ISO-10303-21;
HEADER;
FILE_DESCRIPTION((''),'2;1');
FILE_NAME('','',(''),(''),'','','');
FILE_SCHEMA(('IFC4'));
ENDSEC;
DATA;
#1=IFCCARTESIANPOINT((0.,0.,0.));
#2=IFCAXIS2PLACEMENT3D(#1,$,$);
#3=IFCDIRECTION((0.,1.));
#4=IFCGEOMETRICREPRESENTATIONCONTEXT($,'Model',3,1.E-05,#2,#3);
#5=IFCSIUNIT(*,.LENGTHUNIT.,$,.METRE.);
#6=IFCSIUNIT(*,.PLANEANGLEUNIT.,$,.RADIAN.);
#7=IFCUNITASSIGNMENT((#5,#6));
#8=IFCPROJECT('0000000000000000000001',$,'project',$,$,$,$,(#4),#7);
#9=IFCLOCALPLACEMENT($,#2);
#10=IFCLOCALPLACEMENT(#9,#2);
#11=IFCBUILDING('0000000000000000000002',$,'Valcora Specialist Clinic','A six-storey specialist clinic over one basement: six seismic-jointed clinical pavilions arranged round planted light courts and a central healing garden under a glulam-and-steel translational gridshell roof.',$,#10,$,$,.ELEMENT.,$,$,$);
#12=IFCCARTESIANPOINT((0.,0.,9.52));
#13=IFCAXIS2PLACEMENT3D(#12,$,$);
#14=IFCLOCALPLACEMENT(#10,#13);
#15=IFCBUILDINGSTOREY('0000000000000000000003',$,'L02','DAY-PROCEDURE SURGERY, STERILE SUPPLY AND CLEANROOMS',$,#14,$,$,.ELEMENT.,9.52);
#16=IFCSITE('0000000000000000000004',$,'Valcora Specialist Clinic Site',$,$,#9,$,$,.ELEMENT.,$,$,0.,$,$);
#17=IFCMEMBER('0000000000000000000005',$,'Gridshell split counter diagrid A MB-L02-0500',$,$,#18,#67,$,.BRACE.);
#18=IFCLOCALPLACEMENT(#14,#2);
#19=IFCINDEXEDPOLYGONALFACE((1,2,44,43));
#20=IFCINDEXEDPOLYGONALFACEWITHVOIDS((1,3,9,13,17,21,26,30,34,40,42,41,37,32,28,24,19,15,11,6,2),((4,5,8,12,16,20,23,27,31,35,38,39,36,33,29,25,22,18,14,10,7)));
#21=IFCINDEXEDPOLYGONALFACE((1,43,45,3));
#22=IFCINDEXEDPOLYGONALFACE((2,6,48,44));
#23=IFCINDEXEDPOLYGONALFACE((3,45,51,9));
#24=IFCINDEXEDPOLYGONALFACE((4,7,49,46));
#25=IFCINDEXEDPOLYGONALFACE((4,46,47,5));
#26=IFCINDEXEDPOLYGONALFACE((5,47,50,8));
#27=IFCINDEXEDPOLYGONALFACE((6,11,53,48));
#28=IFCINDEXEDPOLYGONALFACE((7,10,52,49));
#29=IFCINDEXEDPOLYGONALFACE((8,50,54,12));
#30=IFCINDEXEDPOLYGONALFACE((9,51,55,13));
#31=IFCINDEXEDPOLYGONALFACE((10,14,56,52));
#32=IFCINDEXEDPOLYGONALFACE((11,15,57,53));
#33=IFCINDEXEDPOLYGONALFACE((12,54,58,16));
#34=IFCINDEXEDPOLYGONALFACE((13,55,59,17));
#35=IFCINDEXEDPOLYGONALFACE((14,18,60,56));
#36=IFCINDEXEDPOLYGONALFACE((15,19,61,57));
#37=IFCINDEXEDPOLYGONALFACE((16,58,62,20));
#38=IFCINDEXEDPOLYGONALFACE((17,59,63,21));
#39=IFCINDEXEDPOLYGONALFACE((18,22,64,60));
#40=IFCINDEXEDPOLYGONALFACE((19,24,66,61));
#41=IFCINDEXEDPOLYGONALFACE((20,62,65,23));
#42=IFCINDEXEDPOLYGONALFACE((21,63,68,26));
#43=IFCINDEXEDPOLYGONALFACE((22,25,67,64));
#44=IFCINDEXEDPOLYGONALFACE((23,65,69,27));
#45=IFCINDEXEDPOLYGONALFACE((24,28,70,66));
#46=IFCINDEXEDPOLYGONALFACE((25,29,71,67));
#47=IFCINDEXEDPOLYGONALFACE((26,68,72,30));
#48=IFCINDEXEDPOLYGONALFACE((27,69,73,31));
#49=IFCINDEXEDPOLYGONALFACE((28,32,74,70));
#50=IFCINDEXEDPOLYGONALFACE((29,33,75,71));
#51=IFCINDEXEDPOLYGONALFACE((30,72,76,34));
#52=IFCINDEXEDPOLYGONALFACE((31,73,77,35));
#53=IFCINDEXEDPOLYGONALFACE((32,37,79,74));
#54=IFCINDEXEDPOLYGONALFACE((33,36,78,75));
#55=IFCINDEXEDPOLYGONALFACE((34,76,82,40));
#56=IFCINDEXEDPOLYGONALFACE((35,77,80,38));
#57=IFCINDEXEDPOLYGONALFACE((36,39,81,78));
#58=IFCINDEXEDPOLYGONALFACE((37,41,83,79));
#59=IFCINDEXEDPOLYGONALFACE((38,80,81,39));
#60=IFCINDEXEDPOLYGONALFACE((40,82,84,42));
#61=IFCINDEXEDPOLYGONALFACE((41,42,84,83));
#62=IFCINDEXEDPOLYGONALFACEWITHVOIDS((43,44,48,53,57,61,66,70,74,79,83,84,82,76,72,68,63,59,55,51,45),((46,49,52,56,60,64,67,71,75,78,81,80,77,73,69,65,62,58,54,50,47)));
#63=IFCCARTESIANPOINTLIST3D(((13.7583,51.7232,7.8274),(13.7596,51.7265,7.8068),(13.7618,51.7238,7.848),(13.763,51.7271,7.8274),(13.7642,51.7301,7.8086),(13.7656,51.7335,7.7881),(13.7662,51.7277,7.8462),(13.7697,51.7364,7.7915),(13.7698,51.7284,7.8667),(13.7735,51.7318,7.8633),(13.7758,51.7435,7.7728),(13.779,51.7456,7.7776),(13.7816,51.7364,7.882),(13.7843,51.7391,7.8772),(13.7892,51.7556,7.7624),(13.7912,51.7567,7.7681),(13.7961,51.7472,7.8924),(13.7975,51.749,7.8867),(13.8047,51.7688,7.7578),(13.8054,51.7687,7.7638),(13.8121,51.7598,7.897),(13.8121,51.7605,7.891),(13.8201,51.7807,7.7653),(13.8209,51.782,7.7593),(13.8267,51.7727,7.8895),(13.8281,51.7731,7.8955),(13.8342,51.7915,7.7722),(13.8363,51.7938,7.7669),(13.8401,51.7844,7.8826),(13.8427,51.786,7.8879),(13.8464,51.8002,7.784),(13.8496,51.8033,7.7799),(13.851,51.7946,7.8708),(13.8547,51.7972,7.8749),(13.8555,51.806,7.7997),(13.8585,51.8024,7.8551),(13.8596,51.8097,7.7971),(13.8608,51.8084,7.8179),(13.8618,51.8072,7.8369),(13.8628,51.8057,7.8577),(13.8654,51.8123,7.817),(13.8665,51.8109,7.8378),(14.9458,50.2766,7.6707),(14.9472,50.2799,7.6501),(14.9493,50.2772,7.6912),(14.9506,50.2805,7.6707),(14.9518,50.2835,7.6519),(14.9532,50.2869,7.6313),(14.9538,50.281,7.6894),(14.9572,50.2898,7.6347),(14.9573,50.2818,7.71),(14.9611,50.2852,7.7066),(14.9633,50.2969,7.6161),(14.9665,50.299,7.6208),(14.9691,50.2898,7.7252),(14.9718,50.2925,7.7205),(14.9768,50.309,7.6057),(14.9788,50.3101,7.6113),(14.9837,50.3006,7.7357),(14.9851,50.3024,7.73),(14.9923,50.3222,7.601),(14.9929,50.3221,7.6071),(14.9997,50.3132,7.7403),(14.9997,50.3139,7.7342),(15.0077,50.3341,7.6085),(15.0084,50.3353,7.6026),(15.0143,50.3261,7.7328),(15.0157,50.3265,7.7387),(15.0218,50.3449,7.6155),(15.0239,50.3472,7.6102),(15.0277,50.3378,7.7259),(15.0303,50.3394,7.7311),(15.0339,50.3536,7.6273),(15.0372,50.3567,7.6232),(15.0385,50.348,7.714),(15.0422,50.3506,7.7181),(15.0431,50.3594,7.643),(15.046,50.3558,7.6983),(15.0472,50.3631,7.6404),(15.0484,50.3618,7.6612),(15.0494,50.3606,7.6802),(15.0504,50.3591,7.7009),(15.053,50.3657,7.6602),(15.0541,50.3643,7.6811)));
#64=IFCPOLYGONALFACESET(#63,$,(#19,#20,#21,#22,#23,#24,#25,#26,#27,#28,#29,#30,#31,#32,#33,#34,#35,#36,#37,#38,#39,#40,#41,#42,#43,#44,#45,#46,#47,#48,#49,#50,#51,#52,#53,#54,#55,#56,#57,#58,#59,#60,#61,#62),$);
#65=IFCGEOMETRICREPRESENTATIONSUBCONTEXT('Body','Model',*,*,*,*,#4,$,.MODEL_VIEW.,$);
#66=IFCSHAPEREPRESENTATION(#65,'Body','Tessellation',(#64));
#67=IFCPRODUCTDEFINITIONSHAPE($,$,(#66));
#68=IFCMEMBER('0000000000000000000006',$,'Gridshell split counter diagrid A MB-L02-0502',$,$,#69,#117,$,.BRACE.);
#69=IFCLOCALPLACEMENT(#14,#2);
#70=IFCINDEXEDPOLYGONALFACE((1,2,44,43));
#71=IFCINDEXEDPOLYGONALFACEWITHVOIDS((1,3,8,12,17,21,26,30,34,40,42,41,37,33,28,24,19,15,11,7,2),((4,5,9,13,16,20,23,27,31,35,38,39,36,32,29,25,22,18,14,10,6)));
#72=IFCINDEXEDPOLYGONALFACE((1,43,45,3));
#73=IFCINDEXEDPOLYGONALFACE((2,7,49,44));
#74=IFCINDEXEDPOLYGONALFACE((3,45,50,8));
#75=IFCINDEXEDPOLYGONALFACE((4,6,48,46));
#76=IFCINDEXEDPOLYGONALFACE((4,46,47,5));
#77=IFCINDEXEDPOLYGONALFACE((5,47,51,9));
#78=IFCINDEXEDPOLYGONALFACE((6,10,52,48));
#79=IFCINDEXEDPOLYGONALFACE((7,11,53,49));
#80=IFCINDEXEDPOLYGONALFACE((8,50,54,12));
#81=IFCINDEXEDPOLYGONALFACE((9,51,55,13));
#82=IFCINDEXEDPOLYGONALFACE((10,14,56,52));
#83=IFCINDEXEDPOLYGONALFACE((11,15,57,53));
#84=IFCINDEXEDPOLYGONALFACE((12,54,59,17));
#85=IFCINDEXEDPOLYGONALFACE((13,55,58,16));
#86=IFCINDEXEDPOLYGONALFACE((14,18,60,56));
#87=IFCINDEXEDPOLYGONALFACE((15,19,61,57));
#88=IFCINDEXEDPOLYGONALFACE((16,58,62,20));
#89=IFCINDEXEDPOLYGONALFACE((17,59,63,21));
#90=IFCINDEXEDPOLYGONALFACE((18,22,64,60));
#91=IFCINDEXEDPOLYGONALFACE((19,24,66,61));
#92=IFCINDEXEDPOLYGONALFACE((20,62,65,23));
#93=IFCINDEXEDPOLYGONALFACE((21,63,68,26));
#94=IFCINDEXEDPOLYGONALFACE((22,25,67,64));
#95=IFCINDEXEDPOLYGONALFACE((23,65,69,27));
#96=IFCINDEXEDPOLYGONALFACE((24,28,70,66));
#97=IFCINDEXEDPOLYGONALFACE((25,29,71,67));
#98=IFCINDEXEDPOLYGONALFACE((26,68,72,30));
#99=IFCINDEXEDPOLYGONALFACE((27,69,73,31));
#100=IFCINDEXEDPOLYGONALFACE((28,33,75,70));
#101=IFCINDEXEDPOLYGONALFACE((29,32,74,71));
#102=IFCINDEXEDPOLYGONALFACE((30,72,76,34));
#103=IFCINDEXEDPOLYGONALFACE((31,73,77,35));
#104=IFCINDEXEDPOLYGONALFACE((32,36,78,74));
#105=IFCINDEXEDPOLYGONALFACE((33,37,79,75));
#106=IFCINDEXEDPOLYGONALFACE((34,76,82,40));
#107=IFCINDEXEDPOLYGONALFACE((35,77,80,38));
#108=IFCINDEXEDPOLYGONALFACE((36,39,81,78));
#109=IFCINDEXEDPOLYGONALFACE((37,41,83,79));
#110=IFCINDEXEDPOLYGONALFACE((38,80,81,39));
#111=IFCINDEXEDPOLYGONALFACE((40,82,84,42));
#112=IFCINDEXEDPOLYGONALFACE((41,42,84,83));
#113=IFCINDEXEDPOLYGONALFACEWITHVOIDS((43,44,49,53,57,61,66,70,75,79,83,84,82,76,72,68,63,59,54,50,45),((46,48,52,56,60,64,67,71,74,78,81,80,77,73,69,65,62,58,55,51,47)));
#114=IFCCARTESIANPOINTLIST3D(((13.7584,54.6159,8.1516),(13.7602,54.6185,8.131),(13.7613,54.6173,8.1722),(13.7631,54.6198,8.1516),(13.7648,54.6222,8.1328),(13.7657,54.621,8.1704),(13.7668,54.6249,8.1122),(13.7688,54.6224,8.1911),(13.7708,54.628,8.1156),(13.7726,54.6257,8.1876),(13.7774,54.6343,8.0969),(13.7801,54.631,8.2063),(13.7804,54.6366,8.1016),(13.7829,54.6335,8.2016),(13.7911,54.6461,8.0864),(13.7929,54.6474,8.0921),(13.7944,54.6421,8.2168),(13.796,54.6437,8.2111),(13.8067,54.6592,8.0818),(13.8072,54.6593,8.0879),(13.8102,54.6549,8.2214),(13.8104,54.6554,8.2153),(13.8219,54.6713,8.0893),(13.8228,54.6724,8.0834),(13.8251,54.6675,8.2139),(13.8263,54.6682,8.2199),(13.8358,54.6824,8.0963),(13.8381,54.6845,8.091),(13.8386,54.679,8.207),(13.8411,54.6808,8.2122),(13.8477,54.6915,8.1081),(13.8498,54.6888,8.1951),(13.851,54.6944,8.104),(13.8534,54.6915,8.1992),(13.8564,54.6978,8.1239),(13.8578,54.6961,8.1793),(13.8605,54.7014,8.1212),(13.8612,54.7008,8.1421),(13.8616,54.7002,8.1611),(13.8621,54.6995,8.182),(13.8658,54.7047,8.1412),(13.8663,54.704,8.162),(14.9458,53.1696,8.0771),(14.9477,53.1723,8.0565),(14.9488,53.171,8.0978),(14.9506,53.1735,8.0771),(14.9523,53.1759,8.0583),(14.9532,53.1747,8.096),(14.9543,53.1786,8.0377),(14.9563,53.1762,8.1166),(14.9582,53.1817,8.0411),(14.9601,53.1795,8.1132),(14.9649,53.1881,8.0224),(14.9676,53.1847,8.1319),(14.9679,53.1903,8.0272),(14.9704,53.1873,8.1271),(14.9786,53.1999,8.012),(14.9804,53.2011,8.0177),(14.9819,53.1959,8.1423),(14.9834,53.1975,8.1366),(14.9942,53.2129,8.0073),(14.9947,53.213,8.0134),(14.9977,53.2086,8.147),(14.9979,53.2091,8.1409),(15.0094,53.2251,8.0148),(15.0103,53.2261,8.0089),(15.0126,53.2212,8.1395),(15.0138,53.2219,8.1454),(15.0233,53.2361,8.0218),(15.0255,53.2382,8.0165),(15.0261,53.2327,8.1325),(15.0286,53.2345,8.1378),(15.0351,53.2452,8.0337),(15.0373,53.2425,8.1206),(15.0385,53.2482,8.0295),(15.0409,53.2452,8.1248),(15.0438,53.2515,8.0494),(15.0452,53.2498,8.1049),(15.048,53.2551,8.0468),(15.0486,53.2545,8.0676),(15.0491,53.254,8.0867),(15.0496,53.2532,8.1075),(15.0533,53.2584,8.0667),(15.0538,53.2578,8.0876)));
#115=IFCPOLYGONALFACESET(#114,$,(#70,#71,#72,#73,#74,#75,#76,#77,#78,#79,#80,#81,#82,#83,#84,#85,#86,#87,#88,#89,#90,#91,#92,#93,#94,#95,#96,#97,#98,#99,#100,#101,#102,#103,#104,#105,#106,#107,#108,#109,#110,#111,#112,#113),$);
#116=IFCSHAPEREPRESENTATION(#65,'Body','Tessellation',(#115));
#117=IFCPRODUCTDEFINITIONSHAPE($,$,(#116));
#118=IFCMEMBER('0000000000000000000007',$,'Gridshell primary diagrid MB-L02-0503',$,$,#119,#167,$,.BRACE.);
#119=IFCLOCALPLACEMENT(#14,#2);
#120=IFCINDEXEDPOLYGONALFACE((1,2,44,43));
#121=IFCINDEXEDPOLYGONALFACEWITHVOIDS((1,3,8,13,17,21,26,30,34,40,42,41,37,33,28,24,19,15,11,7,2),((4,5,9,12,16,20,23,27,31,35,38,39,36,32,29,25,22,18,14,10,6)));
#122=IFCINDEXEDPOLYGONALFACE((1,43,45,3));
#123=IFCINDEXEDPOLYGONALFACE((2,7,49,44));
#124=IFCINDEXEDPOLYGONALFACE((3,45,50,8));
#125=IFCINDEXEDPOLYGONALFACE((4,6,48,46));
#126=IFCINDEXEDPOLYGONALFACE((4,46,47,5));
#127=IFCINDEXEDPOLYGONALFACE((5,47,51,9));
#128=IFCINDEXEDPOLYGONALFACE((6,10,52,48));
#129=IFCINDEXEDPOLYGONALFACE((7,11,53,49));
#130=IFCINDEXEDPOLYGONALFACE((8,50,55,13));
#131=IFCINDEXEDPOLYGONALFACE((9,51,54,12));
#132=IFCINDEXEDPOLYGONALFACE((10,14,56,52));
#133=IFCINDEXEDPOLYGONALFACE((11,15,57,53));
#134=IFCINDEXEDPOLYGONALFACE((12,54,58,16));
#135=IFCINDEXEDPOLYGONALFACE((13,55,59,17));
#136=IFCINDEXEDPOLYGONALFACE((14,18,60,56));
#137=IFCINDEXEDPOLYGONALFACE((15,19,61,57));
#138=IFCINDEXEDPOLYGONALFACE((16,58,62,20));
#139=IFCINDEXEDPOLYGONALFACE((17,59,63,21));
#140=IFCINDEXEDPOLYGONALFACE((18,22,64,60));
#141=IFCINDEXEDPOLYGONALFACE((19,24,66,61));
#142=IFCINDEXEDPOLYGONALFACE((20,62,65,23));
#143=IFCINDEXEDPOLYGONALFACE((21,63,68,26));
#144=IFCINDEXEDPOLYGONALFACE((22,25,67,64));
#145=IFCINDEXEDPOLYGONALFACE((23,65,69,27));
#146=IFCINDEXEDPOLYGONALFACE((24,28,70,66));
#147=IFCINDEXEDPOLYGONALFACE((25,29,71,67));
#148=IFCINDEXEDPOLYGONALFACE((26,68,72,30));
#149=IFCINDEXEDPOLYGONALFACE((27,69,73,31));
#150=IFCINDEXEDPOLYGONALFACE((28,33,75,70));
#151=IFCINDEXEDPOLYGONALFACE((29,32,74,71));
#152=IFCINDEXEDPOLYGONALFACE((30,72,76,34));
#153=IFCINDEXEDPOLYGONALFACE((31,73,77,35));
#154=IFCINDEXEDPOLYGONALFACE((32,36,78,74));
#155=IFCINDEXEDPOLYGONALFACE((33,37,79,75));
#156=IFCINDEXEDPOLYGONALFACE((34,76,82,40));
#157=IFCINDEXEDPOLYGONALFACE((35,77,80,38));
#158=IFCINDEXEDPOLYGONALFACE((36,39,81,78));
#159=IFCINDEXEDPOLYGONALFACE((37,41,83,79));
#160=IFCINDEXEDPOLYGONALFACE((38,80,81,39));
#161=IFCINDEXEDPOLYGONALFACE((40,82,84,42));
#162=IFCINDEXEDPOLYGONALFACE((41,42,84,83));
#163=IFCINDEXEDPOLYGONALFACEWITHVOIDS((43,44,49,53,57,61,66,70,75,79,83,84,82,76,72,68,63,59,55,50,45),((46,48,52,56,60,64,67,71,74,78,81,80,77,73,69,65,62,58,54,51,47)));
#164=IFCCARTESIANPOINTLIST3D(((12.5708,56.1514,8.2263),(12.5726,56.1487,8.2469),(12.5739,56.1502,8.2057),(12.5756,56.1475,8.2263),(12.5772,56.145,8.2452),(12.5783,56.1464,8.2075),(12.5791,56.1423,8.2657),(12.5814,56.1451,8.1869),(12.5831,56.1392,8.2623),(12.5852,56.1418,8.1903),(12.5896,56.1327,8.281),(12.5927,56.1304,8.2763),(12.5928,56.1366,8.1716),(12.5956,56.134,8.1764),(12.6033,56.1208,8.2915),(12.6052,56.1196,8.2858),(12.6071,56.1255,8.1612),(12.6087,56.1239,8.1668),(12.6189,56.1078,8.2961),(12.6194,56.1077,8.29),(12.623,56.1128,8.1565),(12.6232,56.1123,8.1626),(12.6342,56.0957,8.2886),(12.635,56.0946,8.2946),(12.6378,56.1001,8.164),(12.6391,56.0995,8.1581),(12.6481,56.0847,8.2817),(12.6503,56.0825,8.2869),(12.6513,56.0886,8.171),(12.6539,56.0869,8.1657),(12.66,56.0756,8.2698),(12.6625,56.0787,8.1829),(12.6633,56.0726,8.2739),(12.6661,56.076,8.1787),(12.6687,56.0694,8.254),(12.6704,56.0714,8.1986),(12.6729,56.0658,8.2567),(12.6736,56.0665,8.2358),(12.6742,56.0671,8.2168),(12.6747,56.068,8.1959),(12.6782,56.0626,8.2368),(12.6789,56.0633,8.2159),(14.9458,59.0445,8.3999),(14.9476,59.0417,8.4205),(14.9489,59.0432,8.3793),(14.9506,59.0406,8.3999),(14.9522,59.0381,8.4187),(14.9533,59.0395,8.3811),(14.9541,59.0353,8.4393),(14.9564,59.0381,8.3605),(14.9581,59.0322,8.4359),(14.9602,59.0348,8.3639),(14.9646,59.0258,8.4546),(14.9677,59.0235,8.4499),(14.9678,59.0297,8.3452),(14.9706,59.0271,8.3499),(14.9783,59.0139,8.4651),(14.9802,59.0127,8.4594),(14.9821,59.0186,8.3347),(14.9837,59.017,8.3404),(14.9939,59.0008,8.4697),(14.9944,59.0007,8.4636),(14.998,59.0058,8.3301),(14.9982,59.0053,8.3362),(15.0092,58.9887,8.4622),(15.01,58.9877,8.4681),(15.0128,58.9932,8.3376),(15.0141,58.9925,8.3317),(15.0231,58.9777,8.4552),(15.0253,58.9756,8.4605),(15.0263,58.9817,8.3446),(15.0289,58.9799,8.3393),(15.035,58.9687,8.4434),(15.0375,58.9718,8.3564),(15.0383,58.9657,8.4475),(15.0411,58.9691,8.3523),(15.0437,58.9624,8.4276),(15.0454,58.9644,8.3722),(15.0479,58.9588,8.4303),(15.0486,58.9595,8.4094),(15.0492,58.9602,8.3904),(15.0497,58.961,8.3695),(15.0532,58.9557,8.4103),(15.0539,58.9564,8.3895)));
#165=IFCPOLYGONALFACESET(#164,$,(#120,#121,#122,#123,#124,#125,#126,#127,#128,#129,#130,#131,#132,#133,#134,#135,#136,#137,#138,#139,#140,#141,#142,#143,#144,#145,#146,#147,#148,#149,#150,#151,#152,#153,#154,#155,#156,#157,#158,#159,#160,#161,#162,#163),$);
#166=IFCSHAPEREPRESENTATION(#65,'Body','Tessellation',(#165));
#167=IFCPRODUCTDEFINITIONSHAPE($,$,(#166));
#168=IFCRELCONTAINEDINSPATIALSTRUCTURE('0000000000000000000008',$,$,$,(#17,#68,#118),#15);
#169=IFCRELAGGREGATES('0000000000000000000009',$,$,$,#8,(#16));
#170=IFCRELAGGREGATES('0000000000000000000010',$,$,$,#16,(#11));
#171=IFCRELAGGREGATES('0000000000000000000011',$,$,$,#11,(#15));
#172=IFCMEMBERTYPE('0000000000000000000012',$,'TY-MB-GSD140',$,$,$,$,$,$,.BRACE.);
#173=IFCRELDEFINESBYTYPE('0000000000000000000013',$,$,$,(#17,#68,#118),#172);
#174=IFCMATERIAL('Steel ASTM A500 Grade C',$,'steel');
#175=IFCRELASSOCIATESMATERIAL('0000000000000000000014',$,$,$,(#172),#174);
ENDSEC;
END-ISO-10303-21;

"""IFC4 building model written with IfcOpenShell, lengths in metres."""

from ifc_helpers import new_model, si_unit, direction, frame, origin, origin_2d, place, context, subcontext, project, spatial, hollow_circle, extrude, material, material_profile, profile_set, type_object, element, save


model = new_model("IFC4")

# Units and contexts
model_context = context("Model", 3, precision=1e-05, world=origin(), true_north=direction((0.0, 1.0)))
body_context = subcontext(model_context, "Body", "Model", "MODEL_VIEW")
ifc_project = project(units=[si_unit("LENGTHUNIT", "METRE"), si_unit("PLANEANGLEUNIT", "RADIAN")], contexts=[model_context])

# Site, building, storey
site_placement = place(None, origin())
site = spatial("IfcSite", under=ifc_project, at=site_placement, Name="Valcora Specialist Clinic Site", CompositionType="ELEMENT", RefElevation=0.0)
building_placement = place(site_placement, origin())
building = spatial("IfcBuilding", under=site, at=building_placement, Name="Valcora Specialist Clinic", Description="A six-storey specialist clinic over one basement: six seismic-jointed clinical pavilions arranged round planted light courts and a central healing garden under a glulam-and-steel translational gridshell roof.", CompositionType="ELEMENT")
storey_placement = place(building_placement, frame((0.0, 0.0, 9.52)))
storey = spatial("IfcBuildingStorey", under=building, at=storey_placement, Name="L02", Description="DAY-PROCEDURE SURGERY, STERILE SUPPLY AND CLEANROOMS", CompositionType="ELEMENT", Elevation=9.52)

# Members
ifc_material_1 = material(Name="Steel ASTM A500 Grade C", Category="steel")
ifc_material_profile_1 = material_profile(ifc_material_1, hollow_circle(Radius=0.0701, WallThickness=0.0061, at=origin_2d()), Name="ST-CHS-140X6")
ifc_profile_set_1 = profile_set([ifc_material_profile_1], Name="Steel ASTM A500 Grade C")
member_type_1 = type_object("IfcMemberType", Name="TY-MB-GSD140", PredefinedType="BRACE", material=ifc_profile_set_1)
member_1_placement = place(storey_placement, frame((15.0, 50.321, 7.6707), z_axis=(-0.632295, 0.770219, 0.083457), x_axis=(-0.772916, -0.634508, 0.0)))
element("IfcMember", 1, at=member_1_placement, inside=storey, type_object=member_type_1, Name="Gridshell split counter diagrid A MB-L02-0500", PredefinedType="BRACE", context=body_context, shape_type="SweptSolid", body=[
    extrude(hollow_circle(Radius=0.0701, WallThickness=0.0061, at=origin_2d()), origin(), (0.0, 0.0, 1.0), 1.8782),
])
member_2_placement = place(storey_placement, frame((15.0, 53.2141, 8.0771), z_axis=(-0.634071, 0.772252, 0.03976), x_axis=(-0.772863, -0.634572, 0.0)))
element("IfcMember", 2, at=member_2_placement, inside=storey, type_object=member_type_1, Name="Gridshell split counter diagrid A MB-L02-0502", PredefinedType="BRACE", context=body_context, shape_type="SweptSolid", body=[
    extrude(hollow_circle(Radius=0.0701, WallThickness=0.0061, at=origin_2d()), origin(), (0.0, 0.0, 1.0), 1.8728),
])
member_3_placement = place(storey_placement, frame((12.625, 56.1069, 8.2263), z_axis=(0.633827, 0.772086, 0.046325), x_axis=(-0.772916, 0.634508, 0.0)))
element("IfcMember", 3, at=member_3_placement, inside=storey, type_object=member_type_1, Name="Gridshell primary diagrid MB-L02-0503", PredefinedType="BRACE", context=body_context, shape_type="SweptSolid", body=[
    extrude(hollow_circle(Radius=0.0701, WallThickness=0.0061, at=origin_2d()), origin(), (0.0, 0.0, 1.0), 3.7471),
])

save(model, "model.ifc")
